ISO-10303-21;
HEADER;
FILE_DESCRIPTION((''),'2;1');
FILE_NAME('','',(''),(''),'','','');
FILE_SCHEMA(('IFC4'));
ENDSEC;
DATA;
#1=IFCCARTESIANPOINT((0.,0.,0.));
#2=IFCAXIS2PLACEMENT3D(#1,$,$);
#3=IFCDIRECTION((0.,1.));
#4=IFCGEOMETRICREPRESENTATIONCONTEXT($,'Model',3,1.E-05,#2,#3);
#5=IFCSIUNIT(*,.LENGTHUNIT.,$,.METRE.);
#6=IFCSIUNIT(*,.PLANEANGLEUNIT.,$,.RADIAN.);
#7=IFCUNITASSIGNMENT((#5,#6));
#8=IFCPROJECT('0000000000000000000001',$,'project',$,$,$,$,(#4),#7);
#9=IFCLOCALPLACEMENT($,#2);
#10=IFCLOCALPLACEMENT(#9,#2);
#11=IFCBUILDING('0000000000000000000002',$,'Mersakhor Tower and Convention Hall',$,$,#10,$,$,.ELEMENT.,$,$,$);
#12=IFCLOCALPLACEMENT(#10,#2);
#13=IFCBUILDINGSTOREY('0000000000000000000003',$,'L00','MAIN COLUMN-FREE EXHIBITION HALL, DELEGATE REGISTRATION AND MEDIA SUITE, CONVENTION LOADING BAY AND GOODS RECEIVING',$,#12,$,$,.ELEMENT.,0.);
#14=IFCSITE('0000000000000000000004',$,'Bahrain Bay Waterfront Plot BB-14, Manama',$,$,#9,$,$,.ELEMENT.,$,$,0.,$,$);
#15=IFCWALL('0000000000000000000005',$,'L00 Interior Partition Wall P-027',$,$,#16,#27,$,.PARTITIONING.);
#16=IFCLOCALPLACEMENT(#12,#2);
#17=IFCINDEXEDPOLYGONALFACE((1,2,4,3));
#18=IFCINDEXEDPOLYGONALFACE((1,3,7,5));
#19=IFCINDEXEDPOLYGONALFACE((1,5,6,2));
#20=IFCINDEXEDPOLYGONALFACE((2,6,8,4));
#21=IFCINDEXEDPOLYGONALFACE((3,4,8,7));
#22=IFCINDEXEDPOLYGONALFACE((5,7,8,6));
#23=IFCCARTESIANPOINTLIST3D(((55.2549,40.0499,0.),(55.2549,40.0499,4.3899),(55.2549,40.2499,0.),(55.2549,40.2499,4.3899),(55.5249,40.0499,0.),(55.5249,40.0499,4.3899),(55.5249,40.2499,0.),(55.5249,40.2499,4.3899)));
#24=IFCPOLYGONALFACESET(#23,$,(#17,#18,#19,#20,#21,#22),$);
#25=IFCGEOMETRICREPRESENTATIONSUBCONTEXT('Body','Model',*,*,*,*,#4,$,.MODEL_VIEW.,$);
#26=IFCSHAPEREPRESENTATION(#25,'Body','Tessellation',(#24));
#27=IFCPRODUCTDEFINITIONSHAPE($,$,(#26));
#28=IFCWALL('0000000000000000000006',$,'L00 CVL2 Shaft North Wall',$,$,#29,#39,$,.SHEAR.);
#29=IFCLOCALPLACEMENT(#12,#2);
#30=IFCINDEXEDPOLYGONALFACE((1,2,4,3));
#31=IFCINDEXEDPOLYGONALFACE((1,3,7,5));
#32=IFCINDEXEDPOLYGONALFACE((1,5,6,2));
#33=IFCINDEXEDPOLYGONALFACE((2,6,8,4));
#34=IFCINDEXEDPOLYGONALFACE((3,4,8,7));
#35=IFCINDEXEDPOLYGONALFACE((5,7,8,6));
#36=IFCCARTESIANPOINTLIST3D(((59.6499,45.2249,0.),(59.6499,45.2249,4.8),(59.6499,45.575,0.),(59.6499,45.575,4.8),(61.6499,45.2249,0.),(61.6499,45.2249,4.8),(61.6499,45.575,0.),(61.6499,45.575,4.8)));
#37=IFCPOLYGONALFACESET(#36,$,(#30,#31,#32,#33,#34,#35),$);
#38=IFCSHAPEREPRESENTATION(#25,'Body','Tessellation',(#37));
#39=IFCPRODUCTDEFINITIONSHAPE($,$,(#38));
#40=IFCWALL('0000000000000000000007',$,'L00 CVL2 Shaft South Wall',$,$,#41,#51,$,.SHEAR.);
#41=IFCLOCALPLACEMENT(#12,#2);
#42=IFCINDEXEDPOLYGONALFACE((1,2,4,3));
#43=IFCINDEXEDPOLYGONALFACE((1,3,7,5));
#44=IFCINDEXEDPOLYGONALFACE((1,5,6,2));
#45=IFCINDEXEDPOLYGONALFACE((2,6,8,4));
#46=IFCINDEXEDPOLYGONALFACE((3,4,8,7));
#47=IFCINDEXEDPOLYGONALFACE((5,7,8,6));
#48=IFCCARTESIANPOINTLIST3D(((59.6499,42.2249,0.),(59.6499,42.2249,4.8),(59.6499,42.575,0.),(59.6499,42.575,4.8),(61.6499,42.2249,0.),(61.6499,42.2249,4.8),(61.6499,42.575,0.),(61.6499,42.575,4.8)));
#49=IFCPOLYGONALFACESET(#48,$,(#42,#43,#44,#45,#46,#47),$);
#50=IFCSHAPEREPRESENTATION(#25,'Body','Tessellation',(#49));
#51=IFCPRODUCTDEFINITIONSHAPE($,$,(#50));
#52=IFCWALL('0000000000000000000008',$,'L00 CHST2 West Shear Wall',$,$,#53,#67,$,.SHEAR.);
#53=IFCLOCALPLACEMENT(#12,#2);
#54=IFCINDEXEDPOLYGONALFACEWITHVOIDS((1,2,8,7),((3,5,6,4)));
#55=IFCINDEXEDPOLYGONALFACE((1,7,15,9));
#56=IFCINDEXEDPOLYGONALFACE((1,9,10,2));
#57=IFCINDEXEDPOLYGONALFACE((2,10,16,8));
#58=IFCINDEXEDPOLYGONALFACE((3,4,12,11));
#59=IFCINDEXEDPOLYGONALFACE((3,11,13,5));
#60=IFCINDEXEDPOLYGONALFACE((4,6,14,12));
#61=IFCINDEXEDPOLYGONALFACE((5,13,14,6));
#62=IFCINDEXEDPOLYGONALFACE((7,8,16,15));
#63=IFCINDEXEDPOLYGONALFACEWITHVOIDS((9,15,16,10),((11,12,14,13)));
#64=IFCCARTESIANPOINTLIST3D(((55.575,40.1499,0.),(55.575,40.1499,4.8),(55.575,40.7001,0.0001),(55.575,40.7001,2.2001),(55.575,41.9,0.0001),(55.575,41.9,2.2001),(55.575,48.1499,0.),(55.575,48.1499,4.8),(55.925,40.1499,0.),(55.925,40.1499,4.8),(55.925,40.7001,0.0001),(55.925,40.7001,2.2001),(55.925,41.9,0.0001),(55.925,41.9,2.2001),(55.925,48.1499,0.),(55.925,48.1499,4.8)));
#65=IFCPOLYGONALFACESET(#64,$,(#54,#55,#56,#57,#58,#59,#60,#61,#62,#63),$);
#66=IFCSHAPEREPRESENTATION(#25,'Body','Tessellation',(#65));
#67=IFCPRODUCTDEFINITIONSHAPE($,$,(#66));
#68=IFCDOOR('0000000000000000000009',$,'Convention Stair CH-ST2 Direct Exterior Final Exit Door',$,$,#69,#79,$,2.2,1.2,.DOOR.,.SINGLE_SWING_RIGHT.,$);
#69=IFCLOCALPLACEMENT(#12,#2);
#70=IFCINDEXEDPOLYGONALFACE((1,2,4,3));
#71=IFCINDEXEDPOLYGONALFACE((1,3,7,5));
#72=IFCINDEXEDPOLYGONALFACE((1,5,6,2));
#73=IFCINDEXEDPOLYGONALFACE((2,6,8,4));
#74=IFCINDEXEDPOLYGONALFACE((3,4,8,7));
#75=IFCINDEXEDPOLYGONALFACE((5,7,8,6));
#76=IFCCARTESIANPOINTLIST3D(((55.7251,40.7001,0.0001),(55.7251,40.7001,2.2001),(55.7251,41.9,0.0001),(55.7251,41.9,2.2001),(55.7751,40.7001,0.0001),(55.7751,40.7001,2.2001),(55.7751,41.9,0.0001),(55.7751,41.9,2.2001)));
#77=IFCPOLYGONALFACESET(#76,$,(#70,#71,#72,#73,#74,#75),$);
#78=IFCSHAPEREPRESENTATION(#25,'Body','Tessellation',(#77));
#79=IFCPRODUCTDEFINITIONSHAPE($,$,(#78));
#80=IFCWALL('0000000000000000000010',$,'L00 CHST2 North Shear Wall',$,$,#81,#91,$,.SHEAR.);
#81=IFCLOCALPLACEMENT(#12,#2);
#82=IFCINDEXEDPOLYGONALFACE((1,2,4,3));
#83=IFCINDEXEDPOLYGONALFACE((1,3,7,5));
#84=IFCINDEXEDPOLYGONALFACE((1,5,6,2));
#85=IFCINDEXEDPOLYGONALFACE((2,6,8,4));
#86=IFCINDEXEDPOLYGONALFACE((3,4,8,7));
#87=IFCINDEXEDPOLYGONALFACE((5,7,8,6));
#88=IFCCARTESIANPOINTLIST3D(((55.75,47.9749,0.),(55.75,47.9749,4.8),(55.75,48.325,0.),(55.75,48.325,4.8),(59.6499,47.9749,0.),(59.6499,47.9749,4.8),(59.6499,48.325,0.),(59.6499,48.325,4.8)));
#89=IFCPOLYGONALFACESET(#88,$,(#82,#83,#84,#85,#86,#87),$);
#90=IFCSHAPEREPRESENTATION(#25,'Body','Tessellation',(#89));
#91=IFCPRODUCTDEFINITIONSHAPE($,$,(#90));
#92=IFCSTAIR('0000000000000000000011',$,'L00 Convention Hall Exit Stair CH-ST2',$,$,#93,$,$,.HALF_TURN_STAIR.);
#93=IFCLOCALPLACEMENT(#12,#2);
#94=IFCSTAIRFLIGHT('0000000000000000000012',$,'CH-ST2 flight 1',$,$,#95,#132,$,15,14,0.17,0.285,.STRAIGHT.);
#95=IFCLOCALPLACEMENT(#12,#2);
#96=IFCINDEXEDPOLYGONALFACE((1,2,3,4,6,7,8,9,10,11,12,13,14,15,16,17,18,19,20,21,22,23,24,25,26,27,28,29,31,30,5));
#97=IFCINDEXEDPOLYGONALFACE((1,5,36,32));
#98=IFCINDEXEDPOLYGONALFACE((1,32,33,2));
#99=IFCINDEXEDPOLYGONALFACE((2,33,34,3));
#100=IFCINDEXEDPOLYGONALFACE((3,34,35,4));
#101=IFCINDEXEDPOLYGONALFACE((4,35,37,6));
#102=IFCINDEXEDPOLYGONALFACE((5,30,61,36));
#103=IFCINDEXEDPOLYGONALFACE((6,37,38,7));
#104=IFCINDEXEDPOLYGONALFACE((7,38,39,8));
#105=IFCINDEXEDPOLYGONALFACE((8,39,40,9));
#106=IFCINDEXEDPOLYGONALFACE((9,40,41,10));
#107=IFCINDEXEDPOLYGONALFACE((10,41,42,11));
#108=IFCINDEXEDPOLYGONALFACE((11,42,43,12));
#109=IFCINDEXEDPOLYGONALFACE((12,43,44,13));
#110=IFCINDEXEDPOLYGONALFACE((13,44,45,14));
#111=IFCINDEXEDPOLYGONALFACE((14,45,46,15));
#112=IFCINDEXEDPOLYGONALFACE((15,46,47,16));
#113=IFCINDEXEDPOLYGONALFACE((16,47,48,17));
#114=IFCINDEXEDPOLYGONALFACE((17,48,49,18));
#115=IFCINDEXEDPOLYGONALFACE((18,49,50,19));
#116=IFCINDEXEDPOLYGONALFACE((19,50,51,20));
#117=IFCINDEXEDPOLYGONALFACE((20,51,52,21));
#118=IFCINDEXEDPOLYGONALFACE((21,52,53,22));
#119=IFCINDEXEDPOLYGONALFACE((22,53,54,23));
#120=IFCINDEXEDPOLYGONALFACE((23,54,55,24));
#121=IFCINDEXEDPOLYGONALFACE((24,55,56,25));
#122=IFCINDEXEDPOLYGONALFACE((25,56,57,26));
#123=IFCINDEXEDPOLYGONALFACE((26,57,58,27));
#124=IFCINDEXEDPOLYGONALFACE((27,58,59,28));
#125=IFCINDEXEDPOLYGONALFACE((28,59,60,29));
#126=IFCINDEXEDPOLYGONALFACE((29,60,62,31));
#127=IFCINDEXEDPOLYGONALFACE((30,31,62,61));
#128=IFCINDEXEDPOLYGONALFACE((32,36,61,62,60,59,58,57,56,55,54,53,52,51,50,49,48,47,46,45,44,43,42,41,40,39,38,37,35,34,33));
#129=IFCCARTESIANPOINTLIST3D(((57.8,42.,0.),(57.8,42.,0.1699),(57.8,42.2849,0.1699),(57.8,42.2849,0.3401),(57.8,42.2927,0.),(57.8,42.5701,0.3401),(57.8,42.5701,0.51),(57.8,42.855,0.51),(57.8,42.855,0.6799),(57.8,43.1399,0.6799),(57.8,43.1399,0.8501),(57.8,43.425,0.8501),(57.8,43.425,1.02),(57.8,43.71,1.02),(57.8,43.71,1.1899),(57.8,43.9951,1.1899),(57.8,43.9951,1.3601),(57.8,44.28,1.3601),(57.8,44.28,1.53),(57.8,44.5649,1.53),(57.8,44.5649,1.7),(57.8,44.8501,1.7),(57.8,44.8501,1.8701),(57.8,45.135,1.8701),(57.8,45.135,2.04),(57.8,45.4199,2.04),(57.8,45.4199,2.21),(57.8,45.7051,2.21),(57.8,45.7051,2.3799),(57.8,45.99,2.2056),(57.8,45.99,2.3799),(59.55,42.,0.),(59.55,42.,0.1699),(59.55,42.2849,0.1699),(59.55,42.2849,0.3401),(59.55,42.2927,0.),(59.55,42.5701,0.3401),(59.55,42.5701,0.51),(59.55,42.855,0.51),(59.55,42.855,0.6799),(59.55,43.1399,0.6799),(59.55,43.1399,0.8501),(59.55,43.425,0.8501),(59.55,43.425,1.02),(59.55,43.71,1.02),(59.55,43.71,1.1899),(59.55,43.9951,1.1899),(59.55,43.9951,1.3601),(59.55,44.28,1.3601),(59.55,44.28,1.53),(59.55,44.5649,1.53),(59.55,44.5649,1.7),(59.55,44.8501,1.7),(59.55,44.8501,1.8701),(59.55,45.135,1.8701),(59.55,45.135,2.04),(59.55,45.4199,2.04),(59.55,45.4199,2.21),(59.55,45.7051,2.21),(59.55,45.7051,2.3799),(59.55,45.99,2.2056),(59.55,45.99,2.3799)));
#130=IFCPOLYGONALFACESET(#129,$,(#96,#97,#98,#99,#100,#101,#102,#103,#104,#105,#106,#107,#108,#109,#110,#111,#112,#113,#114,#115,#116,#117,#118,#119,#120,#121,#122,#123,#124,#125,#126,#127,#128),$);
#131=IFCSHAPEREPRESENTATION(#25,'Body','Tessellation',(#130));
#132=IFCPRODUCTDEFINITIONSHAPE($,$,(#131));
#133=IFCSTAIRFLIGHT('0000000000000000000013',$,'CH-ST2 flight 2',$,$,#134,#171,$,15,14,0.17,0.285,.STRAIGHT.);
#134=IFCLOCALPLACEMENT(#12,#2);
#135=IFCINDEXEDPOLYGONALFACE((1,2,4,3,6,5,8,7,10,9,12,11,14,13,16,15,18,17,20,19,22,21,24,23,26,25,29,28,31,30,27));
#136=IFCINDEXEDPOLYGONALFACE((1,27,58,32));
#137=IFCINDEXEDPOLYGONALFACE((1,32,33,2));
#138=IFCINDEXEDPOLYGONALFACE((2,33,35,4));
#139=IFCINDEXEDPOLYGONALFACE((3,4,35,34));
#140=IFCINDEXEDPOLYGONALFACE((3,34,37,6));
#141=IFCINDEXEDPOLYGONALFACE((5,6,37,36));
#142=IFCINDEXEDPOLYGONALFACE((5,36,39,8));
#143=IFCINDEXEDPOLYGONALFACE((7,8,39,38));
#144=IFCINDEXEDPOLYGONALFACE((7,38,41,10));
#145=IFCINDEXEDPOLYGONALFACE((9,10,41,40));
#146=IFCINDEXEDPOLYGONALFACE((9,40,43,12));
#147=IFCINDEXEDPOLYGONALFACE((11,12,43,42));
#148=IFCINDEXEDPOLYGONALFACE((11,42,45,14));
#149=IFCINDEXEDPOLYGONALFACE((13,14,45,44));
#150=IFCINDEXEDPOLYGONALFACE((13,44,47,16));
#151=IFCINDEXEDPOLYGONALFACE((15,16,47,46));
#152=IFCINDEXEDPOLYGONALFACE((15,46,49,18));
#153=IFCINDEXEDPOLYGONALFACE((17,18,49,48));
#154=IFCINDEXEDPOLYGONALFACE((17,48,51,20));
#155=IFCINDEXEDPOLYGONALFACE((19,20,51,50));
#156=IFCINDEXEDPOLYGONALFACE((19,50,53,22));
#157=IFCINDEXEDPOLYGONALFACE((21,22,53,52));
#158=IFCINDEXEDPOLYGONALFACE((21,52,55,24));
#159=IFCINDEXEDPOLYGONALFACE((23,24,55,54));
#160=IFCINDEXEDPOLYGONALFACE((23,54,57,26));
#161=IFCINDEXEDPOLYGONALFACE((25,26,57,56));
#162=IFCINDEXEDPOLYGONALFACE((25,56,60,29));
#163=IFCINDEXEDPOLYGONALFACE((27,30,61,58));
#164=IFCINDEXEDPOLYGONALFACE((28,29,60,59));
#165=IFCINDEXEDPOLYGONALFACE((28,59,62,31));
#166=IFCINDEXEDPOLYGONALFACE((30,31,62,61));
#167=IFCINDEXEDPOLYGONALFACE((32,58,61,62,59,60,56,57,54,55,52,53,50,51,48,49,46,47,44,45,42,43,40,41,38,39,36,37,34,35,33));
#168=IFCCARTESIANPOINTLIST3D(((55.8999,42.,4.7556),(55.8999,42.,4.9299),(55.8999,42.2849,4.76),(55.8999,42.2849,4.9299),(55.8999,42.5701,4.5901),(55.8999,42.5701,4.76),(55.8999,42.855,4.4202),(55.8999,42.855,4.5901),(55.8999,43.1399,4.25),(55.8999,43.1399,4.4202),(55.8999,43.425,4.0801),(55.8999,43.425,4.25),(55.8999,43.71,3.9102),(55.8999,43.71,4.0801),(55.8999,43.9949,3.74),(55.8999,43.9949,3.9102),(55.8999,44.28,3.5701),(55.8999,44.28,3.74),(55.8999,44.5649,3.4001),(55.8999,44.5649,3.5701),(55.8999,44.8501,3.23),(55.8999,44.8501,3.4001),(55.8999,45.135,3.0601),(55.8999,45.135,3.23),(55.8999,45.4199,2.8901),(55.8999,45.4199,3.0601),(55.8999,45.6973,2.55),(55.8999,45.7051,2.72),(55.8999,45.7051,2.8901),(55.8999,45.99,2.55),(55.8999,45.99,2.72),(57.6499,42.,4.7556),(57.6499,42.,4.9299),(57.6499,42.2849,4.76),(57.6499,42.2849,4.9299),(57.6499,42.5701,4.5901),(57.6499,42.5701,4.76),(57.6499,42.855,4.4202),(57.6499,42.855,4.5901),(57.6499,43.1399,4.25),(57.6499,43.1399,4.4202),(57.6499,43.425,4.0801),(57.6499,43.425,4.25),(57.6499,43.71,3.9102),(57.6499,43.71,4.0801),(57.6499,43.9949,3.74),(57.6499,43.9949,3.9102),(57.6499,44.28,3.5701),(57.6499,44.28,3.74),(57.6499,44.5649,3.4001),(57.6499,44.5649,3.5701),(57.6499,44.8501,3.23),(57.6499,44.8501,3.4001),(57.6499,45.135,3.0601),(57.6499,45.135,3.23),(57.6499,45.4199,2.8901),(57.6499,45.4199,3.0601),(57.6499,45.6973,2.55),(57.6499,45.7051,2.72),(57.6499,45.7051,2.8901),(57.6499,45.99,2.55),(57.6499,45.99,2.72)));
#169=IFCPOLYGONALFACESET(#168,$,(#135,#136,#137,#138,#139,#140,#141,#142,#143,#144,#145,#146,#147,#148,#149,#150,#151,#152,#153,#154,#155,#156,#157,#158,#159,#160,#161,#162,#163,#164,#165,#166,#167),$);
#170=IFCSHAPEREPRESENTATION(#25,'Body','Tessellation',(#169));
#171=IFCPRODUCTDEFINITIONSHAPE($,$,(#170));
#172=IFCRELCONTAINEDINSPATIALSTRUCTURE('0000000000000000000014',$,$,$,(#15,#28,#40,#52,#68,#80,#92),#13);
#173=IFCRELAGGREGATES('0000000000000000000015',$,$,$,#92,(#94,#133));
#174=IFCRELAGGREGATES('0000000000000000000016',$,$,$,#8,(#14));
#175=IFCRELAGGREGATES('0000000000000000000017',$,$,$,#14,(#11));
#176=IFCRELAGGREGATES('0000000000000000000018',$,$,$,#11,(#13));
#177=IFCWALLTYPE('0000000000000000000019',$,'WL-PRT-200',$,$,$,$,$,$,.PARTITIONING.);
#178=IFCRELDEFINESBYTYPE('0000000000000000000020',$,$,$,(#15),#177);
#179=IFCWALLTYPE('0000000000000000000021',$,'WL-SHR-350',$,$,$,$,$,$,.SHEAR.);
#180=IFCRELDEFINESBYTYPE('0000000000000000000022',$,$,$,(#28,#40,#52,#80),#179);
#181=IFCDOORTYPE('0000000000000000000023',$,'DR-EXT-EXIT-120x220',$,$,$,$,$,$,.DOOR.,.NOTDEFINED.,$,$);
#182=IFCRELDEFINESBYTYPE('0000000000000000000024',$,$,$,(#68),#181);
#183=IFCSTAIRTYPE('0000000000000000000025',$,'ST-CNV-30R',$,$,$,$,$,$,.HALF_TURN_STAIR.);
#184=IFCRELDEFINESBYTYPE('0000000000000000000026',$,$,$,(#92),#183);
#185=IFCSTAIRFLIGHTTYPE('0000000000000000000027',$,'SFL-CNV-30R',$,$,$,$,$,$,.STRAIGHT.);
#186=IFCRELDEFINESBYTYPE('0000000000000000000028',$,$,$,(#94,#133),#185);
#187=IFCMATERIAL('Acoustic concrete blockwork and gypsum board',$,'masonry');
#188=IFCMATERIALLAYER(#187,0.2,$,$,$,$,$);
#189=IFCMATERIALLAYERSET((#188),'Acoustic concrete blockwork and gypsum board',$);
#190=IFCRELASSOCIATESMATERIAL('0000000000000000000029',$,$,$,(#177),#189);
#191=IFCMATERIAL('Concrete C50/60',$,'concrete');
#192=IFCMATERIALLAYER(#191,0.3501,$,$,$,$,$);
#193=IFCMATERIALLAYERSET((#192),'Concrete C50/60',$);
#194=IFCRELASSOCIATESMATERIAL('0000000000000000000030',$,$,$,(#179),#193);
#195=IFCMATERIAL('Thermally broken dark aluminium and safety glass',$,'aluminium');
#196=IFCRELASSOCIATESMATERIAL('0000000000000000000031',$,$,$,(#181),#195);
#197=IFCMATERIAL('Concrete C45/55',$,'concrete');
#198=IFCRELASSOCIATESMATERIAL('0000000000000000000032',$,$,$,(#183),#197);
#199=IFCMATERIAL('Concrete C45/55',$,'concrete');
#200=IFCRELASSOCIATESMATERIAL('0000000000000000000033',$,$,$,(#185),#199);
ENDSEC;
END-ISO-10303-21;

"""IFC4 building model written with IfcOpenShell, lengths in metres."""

from ifc_helpers import new_model, si_unit, direction, frame, frame_2d, origin, place, context, subcontext, project, spatial, polyline, rectangle, outline, extrude, material, layer, layer_set, type_object, element, fill, aggregate, save


model = new_model("IFC4")

# Units and contexts
model_context = context("Model", 3, precision=1e-05, world=origin(), true_north=direction((0.0, 1.0)))
body_context = subcontext(model_context, "Body", "Model", "MODEL_VIEW")
ifc_project = project(units=[si_unit("LENGTHUNIT", "METRE"), si_unit("PLANEANGLEUNIT", "RADIAN")], contexts=[model_context])

# Site, building, storey
site_placement = place(None, origin())
site = spatial("IfcSite", under=ifc_project, at=site_placement, Name="Bahrain Bay Waterfront Plot BB-14, Manama", CompositionType="ELEMENT", RefElevation=0.0)
building_placement = place(site_placement, origin())
building = spatial("IfcBuilding", under=site, at=building_placement, Name="Mersakhor Tower and Convention Hall", CompositionType="ELEMENT")
storey_placement = place(building_placement, origin())
storey = spatial("IfcBuildingStorey", under=building, at=storey_placement, Name="L00", Description="MAIN COLUMN-FREE EXHIBITION HALL, DELEGATE REGISTRATION AND MEDIA SUITE, CONVENTION LOADING BAY AND GOODS RECEIVING", CompositionType="ELEMENT", Elevation=0.0)

# Walls
ifc_material_1 = material(Name="Acoustic concrete blockwork and gypsum board", Category="masonry")
ifc_layer_1 = layer(ifc_material_1, 0.2)
ifc_layer_set_1 = layer_set([ifc_layer_1], Name="Acoustic concrete blockwork and gypsum board")
wall_type_1 = type_object("IfcWallType", Name="WL-PRT-200", PredefinedType="PARTITIONING", material=ifc_layer_set_1)
wall_1_placement = place(storey_placement, frame((55.2549, 40.1499, 0.0), z_axis=(0.0, 0.0, 1.0), x_axis=(1.0, 0.0, 0.0)))
element("IfcWall", 1, at=wall_1_placement, inside=storey, type_object=wall_type_1, Name="L00 Interior Partition Wall P-027", PredefinedType="PARTITIONING", context=body_context, shape_type="SweptSolid", body=[
    extrude(rectangle(XDim=0.27, YDim=0.2, at=frame_2d((0.135, 0.0))), origin(), (0.0, 0.0, 1.0), 4.3899),
])
ifc_material_2 = material(Name="Concrete C50/60", Category="concrete")
ifc_layer_2 = layer(ifc_material_2, 0.3501)
ifc_layer_set_2 = layer_set([ifc_layer_2], Name="Concrete C50/60")
wall_type_2 = type_object("IfcWallType", Name="WL-SHR-350", PredefinedType="SHEAR", material=ifc_layer_set_2)
for number, where, z_axis, x_axis, name in (
    (2, (59.6499, 45.3999, 0.0), (0.0, 0.0, 1.0), (1.0, 0.0, 0.0), "L00 CVL2 Shaft North Wall"),
    (3, (59.6499, 42.3999, 0.0), (0.0, 0.0, 1.0), (1.0, 0.0, 0.0), "L00 CVL2 Shaft South Wall"),
):
    element("IfcWall", number, at=place(storey_placement, frame(where, z_axis=z_axis, x_axis=x_axis)), inside=storey, type_object=wall_type_2, Name=name, PredefinedType="SHEAR", context=body_context, shape_type="SweptSolid", body=[
        extrude(rectangle(XDim=2.0, YDim=0.3501, at=frame_2d((1.0, 0.0))), origin(), (0.0, 0.0, 1.0), 4.8),
    ])

# Wall, opening, door
wall_2_placement = place(storey_placement, frame((55.75, 40.1499, 0.0), z_axis=(0.0, 0.0, 1.0), x_axis=(0.0, 1.0, 0.0)))
wall_2 = element("IfcWall", 4, at=wall_2_placement, inside=storey, type_object=wall_type_2, Name="L00 CHST2 West Shear Wall", PredefinedType="SHEAR", context=body_context, shape_type="SweptSolid", body=[
    extrude(rectangle(XDim=8.0, YDim=0.3501, at=frame_2d((4.0, 0.0))), origin(), (0.0, 0.0, 1.0), 4.8),
])
opening_1_placement = place(wall_2_placement, frame((0.55, 0.0, 0.0)))
opening_1 = element("IfcOpeningElement", 5, at=opening_1_placement, cuts=wall_2, PredefinedType="OPENING", context=body_context, shape_type="SweptSolid", body=[
    extrude(rectangle(XDim=1.2, YDim=2.2, at=frame_2d((0.6001, 1.1001))), frame((0.0, 0.1851, 0.0), z_axis=(0.0, -1.0, 0.0), x_axis=(1.0, 0.0, 0.0)), (0.0, 0.0, 1.0), 0.3701),
])
ifc_material_3 = material(Name="Thermally broken dark aluminium and safety glass", Category="aluminium")
door_type_1 = type_object("IfcDoorType", Name="DR-EXT-EXIT-120x220", OperationType="NOTDEFINED", PredefinedType="DOOR", material=ifc_material_3)
door_1_placement = place(opening_1_placement, origin())
door_1 = element("IfcDoor", 6, at=door_1_placement, inside=storey, type_object=door_type_1, Name="Convention Stair CH-ST2 Direct Exterior Final Exit Door", OperationType="SINGLE_SWING_RIGHT", OverallHeight=2.2, OverallWidth=1.2, PredefinedType="DOOR", context=body_context, shape_type="SweptSolid", body=[
    extrude(rectangle(XDim=1.2, YDim=2.2, at=frame_2d((0.6001, 1.1001))), frame((0.0, 0.0249, 0.0), z_axis=(0.0, -1.0, 0.0), x_axis=(1.0, 0.0, 0.0)), (0.0, 0.0, 1.0), 0.05),
])
fill(opening_1, door_1)

# Wall
wall_3_placement = place(storey_placement, frame((55.75, 48.1499, 0.0), z_axis=(0.0, 0.0, 1.0), x_axis=(1.0, 0.0, 0.0)))
element("IfcWall", 7, at=wall_3_placement, inside=storey, type_object=wall_type_2, Name="L00 CHST2 North Shear Wall", PredefinedType="SHEAR", context=body_context, shape_type="SweptSolid", body=[
    extrude(rectangle(XDim=3.8999, YDim=0.3501, at=frame_2d((1.95, 0.0))), origin(), (0.0, 0.0, 1.0), 4.8),
])

# Stair, stair flights
ifc_material_4 = material(Name="Concrete C45/55", Category="concrete")
stair_type = type_object("IfcStairType", Name="ST-CNV-30R", PredefinedType="HALF_TURN_STAIR", material=ifc_material_4)
stair_placement = place(storey_placement, origin())
stair = element("IfcStair", 8, at=stair_placement, inside=storey, type_object=stair_type, Name="L00 Convention Hall Exit Stair CH-ST2", PredefinedType="HALF_TURN_STAIR")
ifc_material_5 = material(Name="Concrete C45/55", Category="concrete")
stair_flight_type = type_object("IfcStairFlightType", Name="SFL-CNV-30R", PredefinedType="STRAIGHT", material=ifc_material_5)
stair_flight_1_placement = place(storey_placement, frame((58.675, 42.0, 0.0), z_axis=(0.0, 0.0, 1.0), x_axis=(0.0, 1.0, 0.0)))
stair_flight_1 = element("IfcStairFlight", 9, at=stair_flight_1_placement, type_object=stair_flight_type, Name="CH-ST2 flight 1", NumberOfRisers=15, NumberOfTreads=14, PredefinedType="STRAIGHT", RiserHeight=0.17, TreadLength=0.285, context=body_context, shape_type="SweptSolid", body=[
    extrude(outline(polyline([(0.0, 0.0), (0.0, 0.1699), (0.2849, 0.1699), (0.2849, 0.3401), (0.5701, 0.3401), (0.5701, 0.51), (0.855, 0.51), (0.855, 0.6799), (1.1399, 0.6799), (1.1399, 0.8501), (1.425, 0.8501), (1.425, 1.02), (1.71, 1.02), (1.71, 1.1899), (1.9951, 1.1899), (1.9951, 1.3601), (2.28, 1.3601), (2.28, 1.53), (2.5649, 1.53), (2.5649, 1.7), (2.8501, 1.7), (2.8501, 1.8701), (3.135, 1.8701), (3.135, 2.04), (3.4199, 2.04), (3.4199, 2.21), (3.7051, 2.21), (3.7051, 2.3799), (3.99, 2.3799), (3.99, 2.55), (3.99, 2.2056), (0.2927, 0.0), (0.0, 0.0)])), frame((0.0, 0.875, 0.0), z_axis=(0.0, -1.0, 0.0), x_axis=(1.0, 0.0, 0.0)), (0.0, 0.0, 1.0), 1.75),
])
stair_flight_2_placement = place(storey_placement, frame((56.7749, 45.99, 2.55), z_axis=(0.0, 0.0, 1.0), x_axis=(0.0, -1.0, 0.0)))
stair_flight_2 = element("IfcStairFlight", 10, at=stair_flight_2_placement, type_object=stair_flight_type, Name="CH-ST2 flight 2", NumberOfRisers=15, NumberOfTreads=14, PredefinedType="STRAIGHT", RiserHeight=0.17, TreadLength=0.285, context=body_context, shape_type="SweptSolid", body=[
    extrude(outline(polyline([(0.0, 0.0), (0.0, 0.1699), (0.2849, 0.1699), (0.2849, 0.3401), (0.5701, 0.3401), (0.5701, 0.51), (0.855, 0.51), (0.855, 0.6799), (1.1399, 0.6799), (1.1399, 0.8501), (1.425, 0.8501), (1.425, 1.02), (1.71, 1.02), (1.71, 1.1899), (1.9951, 1.1899), (1.9951, 1.3601), (2.28, 1.3601), (2.28, 1.53), (2.5649, 1.53), (2.5649, 1.7), (2.8501, 1.7), (2.8501, 1.8701), (3.135, 1.8701), (3.135, 2.04), (3.4199, 2.04), (3.4199, 2.21), (3.7051, 2.21), (3.7051, 2.3799), (3.99, 2.3799), (3.99, 2.55), (3.99, 2.2056), (0.2927, 0.0), (0.0, 0.0)])), frame((0.0, 0.875, 0.0), z_axis=(0.0, -1.0, 0.0), x_axis=(1.0, 0.0, 0.0)), (0.0, 0.0, 1.0), 1.75),
])
aggregate(stair, [stair_flight_1, stair_flight_2])

save(model, "model.ifc")
